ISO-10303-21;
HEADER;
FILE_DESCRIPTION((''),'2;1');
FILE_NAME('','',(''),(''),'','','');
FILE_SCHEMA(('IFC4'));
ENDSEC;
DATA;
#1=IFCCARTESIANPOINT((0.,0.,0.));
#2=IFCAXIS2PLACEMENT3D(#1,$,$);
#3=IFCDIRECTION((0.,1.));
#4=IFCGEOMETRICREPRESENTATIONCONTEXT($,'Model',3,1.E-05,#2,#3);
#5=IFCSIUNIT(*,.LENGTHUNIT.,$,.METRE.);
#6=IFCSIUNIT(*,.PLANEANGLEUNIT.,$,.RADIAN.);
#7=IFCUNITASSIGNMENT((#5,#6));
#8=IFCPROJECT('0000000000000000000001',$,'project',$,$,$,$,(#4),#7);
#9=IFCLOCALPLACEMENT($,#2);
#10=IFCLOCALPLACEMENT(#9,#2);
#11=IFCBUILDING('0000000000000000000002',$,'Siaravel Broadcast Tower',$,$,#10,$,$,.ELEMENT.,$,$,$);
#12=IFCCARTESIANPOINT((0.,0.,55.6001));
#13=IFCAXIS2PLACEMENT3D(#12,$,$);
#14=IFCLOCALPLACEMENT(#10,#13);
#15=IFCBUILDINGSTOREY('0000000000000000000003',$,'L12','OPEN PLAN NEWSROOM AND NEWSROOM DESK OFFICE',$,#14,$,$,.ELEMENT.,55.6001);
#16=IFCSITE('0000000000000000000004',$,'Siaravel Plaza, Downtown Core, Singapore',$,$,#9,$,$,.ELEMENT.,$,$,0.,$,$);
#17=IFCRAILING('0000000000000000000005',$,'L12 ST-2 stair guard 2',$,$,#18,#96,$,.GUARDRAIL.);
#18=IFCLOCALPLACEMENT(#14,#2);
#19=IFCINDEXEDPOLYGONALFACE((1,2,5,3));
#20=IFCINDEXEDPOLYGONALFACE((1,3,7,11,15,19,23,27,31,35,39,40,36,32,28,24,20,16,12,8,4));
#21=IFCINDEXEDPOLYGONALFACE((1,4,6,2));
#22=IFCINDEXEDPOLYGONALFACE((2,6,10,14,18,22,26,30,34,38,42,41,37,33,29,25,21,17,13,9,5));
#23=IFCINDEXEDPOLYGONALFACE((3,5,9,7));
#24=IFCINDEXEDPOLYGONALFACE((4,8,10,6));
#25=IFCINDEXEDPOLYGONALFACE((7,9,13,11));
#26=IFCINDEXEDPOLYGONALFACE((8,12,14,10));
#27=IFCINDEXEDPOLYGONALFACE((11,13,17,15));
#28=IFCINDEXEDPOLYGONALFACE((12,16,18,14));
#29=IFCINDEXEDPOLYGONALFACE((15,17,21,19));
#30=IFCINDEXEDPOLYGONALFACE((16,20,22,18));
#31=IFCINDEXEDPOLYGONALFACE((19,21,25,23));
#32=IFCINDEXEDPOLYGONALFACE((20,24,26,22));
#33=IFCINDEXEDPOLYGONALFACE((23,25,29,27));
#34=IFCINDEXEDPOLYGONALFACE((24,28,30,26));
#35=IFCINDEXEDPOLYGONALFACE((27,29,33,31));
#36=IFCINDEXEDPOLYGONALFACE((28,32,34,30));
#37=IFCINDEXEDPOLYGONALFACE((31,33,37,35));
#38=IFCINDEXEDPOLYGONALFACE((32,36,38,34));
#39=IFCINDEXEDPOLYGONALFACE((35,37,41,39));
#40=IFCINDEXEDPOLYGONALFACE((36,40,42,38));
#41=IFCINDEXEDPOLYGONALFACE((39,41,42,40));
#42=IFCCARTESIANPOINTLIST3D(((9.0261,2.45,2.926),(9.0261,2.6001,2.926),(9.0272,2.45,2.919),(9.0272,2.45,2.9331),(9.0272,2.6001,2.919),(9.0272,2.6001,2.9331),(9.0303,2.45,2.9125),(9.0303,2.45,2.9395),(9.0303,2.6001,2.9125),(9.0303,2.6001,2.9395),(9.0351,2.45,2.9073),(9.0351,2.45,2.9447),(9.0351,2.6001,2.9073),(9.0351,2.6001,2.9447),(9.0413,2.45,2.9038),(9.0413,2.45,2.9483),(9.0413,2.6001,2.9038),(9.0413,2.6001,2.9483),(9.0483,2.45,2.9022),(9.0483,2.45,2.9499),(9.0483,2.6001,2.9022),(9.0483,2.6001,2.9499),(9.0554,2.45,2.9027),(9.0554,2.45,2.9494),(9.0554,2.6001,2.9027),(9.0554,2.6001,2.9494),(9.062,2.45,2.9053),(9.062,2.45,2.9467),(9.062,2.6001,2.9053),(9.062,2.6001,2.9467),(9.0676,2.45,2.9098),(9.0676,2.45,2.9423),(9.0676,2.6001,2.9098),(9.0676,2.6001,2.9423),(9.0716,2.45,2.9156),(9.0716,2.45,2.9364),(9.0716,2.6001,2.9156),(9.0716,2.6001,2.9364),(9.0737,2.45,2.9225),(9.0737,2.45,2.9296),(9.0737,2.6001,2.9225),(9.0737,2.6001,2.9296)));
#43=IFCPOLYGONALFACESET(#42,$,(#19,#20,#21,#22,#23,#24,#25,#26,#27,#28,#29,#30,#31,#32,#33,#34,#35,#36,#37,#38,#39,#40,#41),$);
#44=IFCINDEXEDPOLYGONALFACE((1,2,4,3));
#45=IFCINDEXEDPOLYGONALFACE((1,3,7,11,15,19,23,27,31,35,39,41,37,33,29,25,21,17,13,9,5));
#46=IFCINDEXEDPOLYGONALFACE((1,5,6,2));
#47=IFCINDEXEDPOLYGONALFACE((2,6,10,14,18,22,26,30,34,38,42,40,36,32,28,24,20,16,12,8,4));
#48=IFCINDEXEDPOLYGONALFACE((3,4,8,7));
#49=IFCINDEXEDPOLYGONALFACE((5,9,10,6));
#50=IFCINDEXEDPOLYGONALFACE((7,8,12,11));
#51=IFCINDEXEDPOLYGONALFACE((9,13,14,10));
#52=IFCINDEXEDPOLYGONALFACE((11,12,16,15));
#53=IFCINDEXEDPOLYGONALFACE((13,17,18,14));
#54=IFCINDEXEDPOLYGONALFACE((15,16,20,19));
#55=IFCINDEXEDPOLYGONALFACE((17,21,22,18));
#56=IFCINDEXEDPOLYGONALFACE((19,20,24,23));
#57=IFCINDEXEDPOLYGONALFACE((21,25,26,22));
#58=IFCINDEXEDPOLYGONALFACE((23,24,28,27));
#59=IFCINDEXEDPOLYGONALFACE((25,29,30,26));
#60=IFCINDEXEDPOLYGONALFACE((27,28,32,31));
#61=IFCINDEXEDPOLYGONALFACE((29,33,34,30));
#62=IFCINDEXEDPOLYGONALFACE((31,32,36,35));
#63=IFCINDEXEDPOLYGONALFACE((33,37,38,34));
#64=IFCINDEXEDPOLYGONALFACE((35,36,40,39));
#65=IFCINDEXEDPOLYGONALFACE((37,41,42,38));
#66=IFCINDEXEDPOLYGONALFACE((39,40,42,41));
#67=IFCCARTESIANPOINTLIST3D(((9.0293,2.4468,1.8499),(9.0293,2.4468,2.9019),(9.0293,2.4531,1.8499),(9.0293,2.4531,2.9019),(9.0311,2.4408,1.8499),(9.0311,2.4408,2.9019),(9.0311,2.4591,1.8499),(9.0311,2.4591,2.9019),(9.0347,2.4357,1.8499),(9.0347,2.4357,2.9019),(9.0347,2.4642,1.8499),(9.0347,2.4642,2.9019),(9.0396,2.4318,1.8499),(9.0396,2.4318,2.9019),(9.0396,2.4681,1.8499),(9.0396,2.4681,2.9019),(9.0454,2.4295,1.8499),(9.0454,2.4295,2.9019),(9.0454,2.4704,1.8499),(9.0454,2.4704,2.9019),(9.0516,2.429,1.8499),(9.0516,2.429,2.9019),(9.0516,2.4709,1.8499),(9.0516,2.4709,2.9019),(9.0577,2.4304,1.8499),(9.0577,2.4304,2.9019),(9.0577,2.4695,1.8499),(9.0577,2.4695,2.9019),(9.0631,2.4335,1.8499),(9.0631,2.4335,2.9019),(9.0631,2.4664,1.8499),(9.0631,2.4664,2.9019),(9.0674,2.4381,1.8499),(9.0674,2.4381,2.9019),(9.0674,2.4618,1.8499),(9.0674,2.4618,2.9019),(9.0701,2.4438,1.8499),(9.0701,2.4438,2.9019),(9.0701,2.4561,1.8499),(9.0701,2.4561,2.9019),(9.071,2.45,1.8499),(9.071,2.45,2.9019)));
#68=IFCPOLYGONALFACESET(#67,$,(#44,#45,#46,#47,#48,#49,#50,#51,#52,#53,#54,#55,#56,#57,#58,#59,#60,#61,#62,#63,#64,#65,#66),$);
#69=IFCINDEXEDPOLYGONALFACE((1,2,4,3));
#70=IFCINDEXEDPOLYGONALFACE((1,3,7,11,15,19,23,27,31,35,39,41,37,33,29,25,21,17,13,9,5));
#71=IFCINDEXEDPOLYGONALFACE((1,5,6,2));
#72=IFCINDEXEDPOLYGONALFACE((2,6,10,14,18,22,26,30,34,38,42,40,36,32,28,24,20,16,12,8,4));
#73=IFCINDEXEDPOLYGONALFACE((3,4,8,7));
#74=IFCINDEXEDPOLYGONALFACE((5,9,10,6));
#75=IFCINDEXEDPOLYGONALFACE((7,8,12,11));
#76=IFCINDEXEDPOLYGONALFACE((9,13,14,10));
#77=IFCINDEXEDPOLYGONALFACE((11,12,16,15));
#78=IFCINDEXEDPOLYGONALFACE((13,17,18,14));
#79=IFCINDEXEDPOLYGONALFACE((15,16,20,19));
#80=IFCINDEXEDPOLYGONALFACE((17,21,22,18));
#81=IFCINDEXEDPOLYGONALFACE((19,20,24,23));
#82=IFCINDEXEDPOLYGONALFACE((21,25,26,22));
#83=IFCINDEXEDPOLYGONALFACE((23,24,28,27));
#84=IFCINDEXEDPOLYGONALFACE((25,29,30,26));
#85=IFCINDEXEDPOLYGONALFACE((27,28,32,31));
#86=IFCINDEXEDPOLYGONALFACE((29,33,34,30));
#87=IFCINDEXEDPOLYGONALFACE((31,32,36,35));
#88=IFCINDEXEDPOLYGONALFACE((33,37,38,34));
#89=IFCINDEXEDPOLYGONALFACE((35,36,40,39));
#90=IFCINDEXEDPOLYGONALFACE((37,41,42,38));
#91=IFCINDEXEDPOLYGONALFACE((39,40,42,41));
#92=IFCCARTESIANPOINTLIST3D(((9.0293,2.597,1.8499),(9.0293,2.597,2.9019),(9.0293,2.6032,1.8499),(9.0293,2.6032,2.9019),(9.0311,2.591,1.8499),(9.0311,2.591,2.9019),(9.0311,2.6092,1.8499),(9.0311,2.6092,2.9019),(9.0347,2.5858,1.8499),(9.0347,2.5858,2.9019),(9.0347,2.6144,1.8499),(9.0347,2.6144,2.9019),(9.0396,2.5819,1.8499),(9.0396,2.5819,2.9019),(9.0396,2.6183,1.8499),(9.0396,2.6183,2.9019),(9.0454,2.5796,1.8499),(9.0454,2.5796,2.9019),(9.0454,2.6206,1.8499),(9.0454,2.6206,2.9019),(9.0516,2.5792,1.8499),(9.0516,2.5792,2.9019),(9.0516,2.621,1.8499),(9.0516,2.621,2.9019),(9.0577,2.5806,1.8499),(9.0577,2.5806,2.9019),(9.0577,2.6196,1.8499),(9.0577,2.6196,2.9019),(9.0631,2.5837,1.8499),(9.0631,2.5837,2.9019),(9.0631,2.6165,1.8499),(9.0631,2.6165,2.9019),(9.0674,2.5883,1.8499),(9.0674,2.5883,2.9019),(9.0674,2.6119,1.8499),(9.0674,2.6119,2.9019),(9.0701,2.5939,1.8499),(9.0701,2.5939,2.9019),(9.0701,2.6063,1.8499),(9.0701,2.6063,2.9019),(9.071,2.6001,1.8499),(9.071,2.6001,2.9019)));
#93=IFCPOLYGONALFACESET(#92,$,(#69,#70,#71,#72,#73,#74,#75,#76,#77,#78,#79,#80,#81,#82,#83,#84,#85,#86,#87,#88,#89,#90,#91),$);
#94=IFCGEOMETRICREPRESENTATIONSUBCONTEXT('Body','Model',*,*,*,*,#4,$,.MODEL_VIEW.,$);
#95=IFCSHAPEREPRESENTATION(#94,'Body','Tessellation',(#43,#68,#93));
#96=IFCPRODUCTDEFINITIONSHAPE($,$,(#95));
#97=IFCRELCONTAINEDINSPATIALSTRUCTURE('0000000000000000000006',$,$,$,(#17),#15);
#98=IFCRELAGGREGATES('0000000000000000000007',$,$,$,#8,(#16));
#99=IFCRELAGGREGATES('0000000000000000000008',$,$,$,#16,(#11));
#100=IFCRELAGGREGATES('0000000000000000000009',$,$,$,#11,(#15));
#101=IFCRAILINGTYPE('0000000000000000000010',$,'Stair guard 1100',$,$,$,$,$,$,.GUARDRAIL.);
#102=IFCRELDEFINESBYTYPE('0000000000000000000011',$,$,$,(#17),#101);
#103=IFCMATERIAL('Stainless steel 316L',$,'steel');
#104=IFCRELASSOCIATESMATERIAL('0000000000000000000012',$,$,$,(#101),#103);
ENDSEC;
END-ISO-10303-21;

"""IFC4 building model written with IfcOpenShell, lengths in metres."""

from ifc_helpers import new_model, si_unit, direction, frame, origin, origin_2d, place, context, subcontext, project, spatial, circle, extrude, material, type_object, element, save


model = new_model("IFC4")

# Units and contexts
model_context = context("Model", 3, precision=1e-05, world=origin(), true_north=direction((0.0, 1.0)))
body_context = subcontext(model_context, "Body", "Model", "MODEL_VIEW")
ifc_project = project(units=[si_unit("LENGTHUNIT", "METRE"), si_unit("PLANEANGLEUNIT", "RADIAN")], contexts=[model_context])

# Site, building, storey
site_placement = place(None, origin())
site = spatial("IfcSite", under=ifc_project, at=site_placement, Name="Siaravel Plaza, Downtown Core, Singapore", CompositionType="ELEMENT", RefElevation=0.0)
building_placement = place(site_placement, origin())
building = spatial("IfcBuilding", under=site, at=building_placement, Name="Siaravel Broadcast Tower", CompositionType="ELEMENT")
storey_placement = place(building_placement, frame((0.0, 0.0, 55.6001)))
storey = spatial("IfcBuildingStorey", under=building, at=storey_placement, Name="L12", Description="OPEN PLAN NEWSROOM AND NEWSROOM DESK OFFICE", CompositionType="ELEMENT", Elevation=55.6001)

# Railing
ifc_material_1 = material(Name="Stainless steel 316L", Category="steel")
railing_type_1 = type_object("IfcRailingType", Name="Stair guard 1100", PredefinedType="GUARDRAIL", material=ifc_material_1)
railing_1_placement = place(storey_placement, frame((9.05, 2.45, 1.8499)))
element("IfcRailing", 1, at=railing_1_placement, inside=storey, type_object=railing_type_1, Name="L12 ST-2 stair guard 2", PredefinedType="GUARDRAIL", context=body_context, shape_type="SweptSolid", body=[
    extrude(circle(Radius=0.0239, at=origin_2d()), frame((0.0, 0.0, 1.0762), z_axis=(0.0, 1.0, 0.0), x_axis=(-1.0, 0.0, 0.0)), (0.0, 0.0, 1.0), 0.1501),
    extrude(circle(Radius=0.021, at=origin_2d()), origin(), (0.0, 0.0, 1.0), 1.052),
    extrude(circle(Radius=0.021, at=origin_2d()), frame((0.0, 0.1501, 0.0)), (0.0, 0.0, 1.0), 1.052),
])

save(model, "model.ifc")
